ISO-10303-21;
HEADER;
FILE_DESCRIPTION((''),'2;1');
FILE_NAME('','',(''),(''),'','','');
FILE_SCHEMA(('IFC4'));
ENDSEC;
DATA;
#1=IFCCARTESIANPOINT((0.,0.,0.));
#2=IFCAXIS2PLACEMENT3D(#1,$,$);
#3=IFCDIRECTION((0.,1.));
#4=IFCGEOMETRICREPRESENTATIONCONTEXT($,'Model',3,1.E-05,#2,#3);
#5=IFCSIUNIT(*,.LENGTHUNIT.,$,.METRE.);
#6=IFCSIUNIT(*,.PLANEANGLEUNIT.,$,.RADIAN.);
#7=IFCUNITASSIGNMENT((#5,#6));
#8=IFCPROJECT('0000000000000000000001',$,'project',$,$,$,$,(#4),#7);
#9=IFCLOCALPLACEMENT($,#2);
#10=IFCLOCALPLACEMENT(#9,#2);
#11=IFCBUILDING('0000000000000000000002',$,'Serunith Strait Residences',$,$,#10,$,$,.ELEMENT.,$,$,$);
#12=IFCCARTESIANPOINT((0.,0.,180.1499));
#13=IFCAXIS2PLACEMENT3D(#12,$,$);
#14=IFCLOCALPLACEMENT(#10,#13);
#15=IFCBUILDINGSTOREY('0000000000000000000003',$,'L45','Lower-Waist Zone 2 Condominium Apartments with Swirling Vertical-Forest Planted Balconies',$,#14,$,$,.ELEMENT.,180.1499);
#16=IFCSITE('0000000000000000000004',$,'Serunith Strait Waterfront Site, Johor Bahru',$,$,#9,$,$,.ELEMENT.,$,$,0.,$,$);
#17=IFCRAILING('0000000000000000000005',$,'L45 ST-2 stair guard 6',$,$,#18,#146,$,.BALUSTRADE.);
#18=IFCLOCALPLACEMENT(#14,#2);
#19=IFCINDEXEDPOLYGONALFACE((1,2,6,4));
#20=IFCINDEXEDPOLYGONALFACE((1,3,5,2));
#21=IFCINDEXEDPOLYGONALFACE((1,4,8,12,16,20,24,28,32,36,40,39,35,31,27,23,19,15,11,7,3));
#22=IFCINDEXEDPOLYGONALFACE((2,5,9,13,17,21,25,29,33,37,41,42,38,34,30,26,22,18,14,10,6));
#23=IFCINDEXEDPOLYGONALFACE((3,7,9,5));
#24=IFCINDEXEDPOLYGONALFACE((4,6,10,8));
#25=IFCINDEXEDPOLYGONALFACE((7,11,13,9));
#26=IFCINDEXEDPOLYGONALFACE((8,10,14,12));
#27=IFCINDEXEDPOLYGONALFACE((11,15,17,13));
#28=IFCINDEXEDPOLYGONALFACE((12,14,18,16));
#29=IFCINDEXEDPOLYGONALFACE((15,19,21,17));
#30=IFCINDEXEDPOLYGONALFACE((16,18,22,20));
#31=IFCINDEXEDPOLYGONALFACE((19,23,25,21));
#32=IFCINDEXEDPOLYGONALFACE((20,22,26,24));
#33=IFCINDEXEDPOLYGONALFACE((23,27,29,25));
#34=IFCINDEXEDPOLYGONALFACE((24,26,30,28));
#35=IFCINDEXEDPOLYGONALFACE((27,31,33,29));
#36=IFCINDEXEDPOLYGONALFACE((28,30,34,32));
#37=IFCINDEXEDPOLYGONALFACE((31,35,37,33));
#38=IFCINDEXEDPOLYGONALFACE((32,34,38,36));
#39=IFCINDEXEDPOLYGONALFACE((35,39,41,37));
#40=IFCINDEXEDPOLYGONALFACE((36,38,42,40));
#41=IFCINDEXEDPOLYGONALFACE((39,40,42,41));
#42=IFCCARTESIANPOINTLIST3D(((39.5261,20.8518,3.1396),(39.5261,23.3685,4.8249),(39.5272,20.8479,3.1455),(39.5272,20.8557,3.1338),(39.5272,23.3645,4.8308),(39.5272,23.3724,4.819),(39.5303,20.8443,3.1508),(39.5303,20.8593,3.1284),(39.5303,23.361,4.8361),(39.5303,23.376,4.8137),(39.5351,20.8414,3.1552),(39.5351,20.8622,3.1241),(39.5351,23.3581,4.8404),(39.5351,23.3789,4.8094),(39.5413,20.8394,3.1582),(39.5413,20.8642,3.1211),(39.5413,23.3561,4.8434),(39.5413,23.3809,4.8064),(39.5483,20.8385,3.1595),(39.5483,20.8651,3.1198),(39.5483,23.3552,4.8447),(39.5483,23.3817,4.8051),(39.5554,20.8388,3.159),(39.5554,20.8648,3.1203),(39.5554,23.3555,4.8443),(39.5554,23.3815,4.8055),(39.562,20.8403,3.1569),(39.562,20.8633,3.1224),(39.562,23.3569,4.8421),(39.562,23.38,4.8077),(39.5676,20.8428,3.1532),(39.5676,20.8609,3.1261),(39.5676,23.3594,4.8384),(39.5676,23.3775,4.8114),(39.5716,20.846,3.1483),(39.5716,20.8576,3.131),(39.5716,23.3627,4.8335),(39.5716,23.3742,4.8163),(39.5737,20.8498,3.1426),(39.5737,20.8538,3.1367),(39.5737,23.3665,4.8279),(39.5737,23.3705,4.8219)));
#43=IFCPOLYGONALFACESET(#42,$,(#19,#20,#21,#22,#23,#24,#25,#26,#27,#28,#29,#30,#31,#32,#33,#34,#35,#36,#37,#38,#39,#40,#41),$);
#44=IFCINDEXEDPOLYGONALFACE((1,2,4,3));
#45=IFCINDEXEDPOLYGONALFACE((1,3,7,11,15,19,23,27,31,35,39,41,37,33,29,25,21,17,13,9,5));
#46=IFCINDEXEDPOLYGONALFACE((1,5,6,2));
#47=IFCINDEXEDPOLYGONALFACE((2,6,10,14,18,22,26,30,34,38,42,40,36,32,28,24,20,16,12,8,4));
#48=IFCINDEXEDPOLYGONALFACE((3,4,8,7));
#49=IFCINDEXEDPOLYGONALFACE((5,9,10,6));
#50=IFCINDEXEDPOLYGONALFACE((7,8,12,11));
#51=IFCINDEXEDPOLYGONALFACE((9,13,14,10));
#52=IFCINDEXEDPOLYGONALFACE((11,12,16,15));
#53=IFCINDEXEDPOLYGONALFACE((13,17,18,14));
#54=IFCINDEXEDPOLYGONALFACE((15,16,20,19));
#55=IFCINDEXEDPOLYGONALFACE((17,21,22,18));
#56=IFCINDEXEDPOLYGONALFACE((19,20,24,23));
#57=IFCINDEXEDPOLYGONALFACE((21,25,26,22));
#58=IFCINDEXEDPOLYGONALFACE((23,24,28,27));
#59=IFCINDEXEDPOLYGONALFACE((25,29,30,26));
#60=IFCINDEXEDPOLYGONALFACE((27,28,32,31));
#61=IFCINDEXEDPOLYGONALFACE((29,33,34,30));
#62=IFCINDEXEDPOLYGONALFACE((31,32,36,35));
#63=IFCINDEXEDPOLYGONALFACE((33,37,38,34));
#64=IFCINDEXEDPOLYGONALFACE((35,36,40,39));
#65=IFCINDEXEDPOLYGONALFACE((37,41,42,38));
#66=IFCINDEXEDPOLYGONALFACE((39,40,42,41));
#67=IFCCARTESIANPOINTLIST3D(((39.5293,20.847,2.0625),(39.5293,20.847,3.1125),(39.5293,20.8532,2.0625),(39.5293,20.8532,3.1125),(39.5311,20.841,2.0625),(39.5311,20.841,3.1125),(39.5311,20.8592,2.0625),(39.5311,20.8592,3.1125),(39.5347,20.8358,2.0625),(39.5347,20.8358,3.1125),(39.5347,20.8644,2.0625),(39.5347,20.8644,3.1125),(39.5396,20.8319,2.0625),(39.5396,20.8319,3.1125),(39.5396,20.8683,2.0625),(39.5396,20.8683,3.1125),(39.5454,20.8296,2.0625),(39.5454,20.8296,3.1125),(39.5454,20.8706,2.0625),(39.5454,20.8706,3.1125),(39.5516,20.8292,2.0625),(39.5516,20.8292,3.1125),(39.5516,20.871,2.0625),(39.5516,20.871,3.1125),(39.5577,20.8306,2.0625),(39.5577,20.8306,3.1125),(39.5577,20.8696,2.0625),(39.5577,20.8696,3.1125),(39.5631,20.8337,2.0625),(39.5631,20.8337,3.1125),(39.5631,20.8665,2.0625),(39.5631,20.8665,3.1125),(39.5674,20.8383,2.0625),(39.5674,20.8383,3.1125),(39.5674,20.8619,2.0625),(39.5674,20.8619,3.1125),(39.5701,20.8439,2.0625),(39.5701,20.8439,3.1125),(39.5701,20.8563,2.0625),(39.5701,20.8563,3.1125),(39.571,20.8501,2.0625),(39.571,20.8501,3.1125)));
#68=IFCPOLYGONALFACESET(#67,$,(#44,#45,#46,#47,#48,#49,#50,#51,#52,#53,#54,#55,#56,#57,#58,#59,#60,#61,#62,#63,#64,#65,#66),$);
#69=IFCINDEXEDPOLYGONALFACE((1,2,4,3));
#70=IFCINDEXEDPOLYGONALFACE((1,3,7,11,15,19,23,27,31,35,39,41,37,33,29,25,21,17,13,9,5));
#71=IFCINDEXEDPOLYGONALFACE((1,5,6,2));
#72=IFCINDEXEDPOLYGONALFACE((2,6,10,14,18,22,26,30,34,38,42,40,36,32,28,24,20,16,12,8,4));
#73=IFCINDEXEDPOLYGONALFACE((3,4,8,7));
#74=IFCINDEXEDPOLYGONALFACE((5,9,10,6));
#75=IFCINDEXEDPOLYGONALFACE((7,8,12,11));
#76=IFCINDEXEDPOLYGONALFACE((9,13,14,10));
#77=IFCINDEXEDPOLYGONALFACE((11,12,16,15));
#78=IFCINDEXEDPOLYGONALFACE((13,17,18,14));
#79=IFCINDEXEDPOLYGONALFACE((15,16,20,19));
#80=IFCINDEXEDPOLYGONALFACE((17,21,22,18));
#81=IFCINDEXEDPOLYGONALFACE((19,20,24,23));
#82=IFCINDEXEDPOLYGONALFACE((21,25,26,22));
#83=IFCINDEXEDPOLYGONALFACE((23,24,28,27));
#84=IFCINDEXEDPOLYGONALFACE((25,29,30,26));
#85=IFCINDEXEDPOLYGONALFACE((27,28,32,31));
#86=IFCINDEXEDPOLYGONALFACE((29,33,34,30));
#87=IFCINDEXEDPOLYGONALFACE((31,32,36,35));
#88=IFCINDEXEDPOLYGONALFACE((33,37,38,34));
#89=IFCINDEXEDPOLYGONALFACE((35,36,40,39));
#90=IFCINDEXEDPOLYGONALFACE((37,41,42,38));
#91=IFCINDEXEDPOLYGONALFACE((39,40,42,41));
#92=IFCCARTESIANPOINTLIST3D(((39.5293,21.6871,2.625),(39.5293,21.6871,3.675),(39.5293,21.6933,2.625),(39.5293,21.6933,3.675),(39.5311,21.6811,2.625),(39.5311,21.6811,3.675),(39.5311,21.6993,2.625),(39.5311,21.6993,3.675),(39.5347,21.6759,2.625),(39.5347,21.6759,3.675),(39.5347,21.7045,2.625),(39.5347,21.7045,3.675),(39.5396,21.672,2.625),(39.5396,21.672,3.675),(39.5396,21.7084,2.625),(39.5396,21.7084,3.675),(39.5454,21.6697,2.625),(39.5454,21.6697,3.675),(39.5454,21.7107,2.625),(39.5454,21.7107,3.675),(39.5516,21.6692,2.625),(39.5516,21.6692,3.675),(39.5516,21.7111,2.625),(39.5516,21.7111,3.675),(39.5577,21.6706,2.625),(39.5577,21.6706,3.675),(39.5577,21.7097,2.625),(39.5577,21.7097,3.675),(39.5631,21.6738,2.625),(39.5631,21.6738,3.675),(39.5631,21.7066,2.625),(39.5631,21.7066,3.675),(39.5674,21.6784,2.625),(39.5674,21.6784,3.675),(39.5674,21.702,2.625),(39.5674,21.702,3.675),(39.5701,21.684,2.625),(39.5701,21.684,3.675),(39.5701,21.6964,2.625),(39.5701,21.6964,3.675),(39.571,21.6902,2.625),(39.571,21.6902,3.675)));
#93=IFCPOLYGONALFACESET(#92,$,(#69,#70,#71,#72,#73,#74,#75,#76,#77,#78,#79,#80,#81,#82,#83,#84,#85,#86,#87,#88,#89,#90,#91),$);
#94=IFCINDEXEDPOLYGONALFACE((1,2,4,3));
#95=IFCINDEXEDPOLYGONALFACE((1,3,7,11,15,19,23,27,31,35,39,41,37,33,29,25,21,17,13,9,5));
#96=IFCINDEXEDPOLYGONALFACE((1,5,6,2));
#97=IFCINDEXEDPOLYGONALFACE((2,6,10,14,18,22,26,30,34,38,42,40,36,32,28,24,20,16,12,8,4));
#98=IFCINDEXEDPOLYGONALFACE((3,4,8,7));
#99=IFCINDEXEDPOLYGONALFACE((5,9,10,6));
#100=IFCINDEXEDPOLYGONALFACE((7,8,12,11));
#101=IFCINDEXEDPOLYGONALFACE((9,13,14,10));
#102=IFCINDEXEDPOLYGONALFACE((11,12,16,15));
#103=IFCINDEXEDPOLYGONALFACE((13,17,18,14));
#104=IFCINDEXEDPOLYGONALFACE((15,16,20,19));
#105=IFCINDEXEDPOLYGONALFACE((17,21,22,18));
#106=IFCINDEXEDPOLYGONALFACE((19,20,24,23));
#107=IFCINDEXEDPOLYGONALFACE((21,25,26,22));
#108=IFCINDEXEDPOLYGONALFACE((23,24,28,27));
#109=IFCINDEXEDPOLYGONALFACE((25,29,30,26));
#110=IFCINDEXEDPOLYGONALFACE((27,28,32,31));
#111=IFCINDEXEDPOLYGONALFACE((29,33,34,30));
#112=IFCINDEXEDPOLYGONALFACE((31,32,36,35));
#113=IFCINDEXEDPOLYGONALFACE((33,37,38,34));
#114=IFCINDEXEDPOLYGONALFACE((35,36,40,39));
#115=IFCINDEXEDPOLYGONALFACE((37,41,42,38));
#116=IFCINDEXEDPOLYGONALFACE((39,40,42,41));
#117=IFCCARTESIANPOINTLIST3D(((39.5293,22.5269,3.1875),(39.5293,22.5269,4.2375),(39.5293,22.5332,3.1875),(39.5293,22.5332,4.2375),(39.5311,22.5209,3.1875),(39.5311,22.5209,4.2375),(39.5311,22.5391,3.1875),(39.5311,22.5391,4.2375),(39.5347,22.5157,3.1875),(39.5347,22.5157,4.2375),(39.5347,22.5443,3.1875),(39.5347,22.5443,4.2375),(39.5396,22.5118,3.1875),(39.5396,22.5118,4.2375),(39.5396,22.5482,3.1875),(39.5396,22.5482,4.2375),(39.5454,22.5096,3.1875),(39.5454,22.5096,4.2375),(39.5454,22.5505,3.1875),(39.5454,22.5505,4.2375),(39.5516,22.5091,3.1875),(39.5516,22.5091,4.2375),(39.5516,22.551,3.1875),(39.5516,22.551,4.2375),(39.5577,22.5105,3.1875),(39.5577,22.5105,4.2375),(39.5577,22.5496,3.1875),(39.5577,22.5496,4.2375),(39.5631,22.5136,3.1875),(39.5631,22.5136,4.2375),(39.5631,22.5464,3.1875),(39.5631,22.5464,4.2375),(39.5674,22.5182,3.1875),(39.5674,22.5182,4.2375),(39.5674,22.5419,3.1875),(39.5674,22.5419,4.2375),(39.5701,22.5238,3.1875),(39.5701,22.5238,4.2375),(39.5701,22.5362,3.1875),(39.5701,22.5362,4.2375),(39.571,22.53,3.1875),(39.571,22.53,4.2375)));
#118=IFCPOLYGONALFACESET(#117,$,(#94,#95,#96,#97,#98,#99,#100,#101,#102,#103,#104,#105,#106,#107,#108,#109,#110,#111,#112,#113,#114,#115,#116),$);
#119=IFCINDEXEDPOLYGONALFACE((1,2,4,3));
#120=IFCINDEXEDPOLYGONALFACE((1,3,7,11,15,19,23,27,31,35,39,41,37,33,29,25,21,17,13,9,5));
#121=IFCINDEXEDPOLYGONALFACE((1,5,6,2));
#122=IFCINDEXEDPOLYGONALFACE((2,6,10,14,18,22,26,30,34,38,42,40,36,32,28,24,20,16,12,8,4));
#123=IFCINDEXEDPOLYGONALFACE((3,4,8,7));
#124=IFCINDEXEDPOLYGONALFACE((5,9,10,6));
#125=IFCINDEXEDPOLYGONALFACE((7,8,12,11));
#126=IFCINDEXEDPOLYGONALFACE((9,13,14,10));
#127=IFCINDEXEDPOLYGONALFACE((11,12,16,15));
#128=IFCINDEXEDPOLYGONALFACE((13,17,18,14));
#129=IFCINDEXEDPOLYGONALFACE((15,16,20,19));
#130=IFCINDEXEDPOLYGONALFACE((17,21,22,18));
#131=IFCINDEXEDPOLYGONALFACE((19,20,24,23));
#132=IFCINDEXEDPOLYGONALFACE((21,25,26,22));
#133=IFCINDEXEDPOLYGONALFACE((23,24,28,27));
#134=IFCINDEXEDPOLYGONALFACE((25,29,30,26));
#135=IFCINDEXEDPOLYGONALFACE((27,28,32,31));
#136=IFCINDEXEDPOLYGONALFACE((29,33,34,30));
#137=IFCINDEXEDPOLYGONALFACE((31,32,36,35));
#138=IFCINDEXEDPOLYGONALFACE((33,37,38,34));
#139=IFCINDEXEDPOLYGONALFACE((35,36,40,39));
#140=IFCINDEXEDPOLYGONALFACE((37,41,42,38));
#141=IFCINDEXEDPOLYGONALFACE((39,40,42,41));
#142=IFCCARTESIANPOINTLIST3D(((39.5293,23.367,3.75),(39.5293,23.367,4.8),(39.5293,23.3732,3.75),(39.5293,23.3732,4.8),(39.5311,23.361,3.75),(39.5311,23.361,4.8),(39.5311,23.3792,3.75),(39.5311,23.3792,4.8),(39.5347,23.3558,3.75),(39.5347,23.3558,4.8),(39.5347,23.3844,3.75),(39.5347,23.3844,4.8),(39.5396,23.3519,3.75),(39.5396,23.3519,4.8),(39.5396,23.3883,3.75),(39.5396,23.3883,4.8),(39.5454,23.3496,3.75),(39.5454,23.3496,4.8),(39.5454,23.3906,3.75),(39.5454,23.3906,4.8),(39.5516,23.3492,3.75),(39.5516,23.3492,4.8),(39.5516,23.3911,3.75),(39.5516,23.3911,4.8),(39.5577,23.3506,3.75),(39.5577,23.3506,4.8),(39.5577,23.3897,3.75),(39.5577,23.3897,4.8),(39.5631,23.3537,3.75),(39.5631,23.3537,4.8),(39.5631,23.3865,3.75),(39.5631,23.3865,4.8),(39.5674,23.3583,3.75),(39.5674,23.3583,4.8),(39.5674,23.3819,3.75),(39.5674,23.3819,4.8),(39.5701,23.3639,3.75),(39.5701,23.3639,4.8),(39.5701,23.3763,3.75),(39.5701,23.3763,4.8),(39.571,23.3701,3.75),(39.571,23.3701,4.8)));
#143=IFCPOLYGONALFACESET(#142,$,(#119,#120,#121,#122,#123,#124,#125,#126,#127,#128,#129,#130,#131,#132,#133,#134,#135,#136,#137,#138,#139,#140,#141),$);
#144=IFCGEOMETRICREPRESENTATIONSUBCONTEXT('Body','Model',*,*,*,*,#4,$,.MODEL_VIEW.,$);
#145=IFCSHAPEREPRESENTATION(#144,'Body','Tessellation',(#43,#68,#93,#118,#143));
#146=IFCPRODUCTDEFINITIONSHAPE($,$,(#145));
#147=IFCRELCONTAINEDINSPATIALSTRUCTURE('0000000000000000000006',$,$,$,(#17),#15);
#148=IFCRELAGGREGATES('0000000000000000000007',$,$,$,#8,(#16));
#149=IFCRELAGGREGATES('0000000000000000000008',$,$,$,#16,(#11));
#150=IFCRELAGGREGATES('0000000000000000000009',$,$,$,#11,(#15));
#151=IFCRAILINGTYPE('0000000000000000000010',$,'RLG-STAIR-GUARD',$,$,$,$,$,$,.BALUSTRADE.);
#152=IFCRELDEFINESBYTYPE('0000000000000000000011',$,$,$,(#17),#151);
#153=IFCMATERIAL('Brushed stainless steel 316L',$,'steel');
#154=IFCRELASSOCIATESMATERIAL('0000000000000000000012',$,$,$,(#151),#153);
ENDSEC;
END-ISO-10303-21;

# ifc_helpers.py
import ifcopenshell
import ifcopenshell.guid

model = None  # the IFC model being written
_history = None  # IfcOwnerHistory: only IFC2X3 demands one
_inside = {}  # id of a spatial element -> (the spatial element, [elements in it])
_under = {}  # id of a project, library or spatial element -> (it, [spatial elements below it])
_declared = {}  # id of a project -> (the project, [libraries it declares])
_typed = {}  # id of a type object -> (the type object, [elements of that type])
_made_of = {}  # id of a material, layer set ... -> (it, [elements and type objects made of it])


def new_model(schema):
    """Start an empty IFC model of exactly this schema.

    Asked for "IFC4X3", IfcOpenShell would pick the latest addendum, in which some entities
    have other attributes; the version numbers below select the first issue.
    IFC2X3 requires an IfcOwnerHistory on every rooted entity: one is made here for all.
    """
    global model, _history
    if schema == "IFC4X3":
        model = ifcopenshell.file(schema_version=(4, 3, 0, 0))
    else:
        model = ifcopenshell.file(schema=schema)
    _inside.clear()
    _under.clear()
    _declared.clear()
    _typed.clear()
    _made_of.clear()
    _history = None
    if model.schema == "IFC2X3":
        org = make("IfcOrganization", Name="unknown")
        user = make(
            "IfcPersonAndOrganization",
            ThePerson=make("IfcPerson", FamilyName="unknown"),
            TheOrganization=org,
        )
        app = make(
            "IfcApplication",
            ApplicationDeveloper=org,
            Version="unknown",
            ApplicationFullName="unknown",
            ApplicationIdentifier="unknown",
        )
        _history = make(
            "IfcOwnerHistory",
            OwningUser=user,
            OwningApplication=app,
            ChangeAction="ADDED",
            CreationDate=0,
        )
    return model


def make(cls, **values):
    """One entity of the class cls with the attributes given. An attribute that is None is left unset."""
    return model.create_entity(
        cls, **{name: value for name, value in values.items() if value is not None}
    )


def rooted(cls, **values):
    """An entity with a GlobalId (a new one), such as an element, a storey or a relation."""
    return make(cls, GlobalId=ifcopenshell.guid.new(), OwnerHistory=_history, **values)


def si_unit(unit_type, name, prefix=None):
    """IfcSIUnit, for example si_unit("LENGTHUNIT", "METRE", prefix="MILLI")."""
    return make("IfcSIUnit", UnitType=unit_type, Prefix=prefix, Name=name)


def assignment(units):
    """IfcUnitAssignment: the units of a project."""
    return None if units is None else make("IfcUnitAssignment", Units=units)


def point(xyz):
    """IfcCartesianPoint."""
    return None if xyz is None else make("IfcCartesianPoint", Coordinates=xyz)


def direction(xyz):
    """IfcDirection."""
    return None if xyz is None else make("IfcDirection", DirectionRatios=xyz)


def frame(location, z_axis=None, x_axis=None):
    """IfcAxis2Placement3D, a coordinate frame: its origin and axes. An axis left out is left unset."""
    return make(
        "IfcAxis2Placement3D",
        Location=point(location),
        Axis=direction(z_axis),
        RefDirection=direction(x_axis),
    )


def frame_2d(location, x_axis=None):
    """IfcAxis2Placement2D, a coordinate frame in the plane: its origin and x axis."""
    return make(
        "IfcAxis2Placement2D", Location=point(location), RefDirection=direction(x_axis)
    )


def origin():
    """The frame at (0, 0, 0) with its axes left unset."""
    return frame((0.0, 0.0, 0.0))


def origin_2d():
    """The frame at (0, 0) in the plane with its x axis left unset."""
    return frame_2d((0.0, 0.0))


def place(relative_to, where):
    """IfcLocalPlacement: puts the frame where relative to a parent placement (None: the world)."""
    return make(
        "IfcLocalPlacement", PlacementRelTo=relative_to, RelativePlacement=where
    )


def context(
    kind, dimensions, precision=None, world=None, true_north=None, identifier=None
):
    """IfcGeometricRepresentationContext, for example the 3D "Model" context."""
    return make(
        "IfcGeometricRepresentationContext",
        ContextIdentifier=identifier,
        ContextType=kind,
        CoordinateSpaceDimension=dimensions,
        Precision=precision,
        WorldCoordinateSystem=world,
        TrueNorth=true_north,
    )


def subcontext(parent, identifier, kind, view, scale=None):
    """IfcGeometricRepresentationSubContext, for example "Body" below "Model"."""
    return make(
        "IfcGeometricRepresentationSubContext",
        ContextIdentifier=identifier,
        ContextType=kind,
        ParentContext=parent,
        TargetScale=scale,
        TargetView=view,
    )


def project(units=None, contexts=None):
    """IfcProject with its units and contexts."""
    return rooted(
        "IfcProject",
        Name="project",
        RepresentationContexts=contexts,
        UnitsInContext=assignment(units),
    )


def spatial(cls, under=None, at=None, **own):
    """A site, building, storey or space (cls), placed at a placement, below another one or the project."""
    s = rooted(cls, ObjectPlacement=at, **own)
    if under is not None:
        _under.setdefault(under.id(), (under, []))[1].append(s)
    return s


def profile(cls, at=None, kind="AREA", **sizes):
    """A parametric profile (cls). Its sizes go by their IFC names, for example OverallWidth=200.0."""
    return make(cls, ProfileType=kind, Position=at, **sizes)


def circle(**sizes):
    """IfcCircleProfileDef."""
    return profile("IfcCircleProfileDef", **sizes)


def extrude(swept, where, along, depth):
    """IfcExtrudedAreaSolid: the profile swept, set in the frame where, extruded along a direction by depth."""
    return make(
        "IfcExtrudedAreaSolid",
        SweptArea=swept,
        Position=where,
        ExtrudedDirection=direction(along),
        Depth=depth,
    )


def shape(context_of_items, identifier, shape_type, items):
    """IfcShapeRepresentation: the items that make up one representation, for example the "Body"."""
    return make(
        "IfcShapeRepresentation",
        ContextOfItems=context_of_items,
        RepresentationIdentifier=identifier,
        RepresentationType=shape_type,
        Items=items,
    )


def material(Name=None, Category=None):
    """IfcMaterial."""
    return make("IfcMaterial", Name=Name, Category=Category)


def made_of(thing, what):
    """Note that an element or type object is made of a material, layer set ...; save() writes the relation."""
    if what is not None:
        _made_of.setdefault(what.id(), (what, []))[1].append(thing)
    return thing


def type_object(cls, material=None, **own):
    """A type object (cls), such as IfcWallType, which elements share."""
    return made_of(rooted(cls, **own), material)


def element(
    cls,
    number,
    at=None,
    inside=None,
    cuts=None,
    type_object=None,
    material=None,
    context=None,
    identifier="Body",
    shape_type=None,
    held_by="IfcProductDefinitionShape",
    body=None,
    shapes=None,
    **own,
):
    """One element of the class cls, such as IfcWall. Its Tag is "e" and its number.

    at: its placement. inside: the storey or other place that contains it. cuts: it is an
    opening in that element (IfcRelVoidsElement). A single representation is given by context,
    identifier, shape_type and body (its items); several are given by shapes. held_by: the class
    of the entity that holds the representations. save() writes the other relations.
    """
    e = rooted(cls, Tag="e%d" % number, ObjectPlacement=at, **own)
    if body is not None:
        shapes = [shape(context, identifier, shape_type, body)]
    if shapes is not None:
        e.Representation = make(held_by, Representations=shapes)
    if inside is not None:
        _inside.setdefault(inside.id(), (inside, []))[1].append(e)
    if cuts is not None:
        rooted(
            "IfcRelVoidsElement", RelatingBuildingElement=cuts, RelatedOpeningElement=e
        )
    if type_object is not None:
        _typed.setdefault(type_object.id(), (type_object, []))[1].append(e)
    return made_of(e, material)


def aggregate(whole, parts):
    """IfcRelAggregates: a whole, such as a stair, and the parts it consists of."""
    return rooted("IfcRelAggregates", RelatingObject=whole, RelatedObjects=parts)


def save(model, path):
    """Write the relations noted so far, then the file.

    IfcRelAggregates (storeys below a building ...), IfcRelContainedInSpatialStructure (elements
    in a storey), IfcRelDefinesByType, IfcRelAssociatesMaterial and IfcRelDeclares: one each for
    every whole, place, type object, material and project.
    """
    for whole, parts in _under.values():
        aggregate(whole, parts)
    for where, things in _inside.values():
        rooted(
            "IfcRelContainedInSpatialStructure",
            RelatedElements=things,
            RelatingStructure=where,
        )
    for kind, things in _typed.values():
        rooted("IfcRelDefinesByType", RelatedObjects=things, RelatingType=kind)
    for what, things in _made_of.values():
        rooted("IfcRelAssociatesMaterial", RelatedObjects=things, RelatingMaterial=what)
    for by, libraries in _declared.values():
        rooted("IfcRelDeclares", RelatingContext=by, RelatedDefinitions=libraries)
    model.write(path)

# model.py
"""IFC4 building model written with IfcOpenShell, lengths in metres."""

from ifc_helpers import new_model, si_unit, direction, frame, origin, origin_2d, place, context, subcontext, project, spatial, circle, extrude, material, type_object, element, save


model = new_model("IFC4")

# Units and contexts
model_context = context("Model", 3, precision=1e-05, world=origin(), true_north=direction((0.0, 1.0)))
body_context = subcontext(model_context, "Body", "Model", "MODEL_VIEW")
ifc_project = project(units=[si_unit("LENGTHUNIT", "METRE"), si_unit("PLANEANGLEUNIT", "RADIAN")], contexts=[model_context])

# Site, building, storey
site_placement = place(None, origin())
site = spatial("IfcSite", under=ifc_project, at=site_placement, Name="Serunith Strait Waterfront Site, Johor Bahru", CompositionType="ELEMENT", RefElevation=0.0)
building_placement = place(site_placement, origin())
building = spatial("IfcBuilding", under=site, at=building_placement, Name="Serunith Strait Residences", CompositionType="ELEMENT")
storey_placement = place(building_placement, frame((0.0, 0.0, 180.1499)))
storey = spatial("IfcBuildingStorey", under=building, at=storey_placement, Name="L45", Description="Lower-Waist Zone 2 Condominium Apartments with Swirling Vertical-Forest Planted Balconies", CompositionType="ELEMENT", Elevation=180.1499)

# Railing
ifc_material_1 = material(Name="Brushed stainless steel 316L", Category="steel")
railing_type_1 = type_object("IfcRailingType", Name="RLG-STAIR-GUARD", PredefinedType="BALUSTRADE", material=ifc_material_1)
railing_1_placement = place(storey_placement, frame((39.55, 20.8501, 2.0625)))
element("IfcRailing", 1, at=railing_1_placement, inside=storey, type_object=railing_type_1, Name="L45 ST-2 stair guard 6", PredefinedType="BALUSTRADE", context=body_context, shape_type="SweptSolid", body=[
    extrude(circle(Radius=0.0239, at=origin_2d()), frame((0.0, 0.0017, 1.0771), z_axis=(0.0, 0.830909, 0.556408), x_axis=(-1.0, 0.0, 0.0)), (0.0, 0.0, 1.0), 3.0288),
    extrude(circle(Radius=0.021, at=origin_2d()), origin(), (0.0, 0.0, 1.0), 1.05),
    extrude(circle(Radius=0.021, at=origin_2d()), frame((0.0, 0.8401, 0.5625)), (0.0, 0.0, 1.0), 1.05),
    extrude(circle(Radius=0.021, at=origin_2d()), frame((0.0, 1.6799, 1.125)), (0.0, 0.0, 1.0), 1.05),
    extrude(circle(Radius=0.021, at=origin_2d()), frame((0.0, 2.52, 1.6875)), (0.0, 0.0, 1.0), 1.05),
])

save(model, "model.ifc")
